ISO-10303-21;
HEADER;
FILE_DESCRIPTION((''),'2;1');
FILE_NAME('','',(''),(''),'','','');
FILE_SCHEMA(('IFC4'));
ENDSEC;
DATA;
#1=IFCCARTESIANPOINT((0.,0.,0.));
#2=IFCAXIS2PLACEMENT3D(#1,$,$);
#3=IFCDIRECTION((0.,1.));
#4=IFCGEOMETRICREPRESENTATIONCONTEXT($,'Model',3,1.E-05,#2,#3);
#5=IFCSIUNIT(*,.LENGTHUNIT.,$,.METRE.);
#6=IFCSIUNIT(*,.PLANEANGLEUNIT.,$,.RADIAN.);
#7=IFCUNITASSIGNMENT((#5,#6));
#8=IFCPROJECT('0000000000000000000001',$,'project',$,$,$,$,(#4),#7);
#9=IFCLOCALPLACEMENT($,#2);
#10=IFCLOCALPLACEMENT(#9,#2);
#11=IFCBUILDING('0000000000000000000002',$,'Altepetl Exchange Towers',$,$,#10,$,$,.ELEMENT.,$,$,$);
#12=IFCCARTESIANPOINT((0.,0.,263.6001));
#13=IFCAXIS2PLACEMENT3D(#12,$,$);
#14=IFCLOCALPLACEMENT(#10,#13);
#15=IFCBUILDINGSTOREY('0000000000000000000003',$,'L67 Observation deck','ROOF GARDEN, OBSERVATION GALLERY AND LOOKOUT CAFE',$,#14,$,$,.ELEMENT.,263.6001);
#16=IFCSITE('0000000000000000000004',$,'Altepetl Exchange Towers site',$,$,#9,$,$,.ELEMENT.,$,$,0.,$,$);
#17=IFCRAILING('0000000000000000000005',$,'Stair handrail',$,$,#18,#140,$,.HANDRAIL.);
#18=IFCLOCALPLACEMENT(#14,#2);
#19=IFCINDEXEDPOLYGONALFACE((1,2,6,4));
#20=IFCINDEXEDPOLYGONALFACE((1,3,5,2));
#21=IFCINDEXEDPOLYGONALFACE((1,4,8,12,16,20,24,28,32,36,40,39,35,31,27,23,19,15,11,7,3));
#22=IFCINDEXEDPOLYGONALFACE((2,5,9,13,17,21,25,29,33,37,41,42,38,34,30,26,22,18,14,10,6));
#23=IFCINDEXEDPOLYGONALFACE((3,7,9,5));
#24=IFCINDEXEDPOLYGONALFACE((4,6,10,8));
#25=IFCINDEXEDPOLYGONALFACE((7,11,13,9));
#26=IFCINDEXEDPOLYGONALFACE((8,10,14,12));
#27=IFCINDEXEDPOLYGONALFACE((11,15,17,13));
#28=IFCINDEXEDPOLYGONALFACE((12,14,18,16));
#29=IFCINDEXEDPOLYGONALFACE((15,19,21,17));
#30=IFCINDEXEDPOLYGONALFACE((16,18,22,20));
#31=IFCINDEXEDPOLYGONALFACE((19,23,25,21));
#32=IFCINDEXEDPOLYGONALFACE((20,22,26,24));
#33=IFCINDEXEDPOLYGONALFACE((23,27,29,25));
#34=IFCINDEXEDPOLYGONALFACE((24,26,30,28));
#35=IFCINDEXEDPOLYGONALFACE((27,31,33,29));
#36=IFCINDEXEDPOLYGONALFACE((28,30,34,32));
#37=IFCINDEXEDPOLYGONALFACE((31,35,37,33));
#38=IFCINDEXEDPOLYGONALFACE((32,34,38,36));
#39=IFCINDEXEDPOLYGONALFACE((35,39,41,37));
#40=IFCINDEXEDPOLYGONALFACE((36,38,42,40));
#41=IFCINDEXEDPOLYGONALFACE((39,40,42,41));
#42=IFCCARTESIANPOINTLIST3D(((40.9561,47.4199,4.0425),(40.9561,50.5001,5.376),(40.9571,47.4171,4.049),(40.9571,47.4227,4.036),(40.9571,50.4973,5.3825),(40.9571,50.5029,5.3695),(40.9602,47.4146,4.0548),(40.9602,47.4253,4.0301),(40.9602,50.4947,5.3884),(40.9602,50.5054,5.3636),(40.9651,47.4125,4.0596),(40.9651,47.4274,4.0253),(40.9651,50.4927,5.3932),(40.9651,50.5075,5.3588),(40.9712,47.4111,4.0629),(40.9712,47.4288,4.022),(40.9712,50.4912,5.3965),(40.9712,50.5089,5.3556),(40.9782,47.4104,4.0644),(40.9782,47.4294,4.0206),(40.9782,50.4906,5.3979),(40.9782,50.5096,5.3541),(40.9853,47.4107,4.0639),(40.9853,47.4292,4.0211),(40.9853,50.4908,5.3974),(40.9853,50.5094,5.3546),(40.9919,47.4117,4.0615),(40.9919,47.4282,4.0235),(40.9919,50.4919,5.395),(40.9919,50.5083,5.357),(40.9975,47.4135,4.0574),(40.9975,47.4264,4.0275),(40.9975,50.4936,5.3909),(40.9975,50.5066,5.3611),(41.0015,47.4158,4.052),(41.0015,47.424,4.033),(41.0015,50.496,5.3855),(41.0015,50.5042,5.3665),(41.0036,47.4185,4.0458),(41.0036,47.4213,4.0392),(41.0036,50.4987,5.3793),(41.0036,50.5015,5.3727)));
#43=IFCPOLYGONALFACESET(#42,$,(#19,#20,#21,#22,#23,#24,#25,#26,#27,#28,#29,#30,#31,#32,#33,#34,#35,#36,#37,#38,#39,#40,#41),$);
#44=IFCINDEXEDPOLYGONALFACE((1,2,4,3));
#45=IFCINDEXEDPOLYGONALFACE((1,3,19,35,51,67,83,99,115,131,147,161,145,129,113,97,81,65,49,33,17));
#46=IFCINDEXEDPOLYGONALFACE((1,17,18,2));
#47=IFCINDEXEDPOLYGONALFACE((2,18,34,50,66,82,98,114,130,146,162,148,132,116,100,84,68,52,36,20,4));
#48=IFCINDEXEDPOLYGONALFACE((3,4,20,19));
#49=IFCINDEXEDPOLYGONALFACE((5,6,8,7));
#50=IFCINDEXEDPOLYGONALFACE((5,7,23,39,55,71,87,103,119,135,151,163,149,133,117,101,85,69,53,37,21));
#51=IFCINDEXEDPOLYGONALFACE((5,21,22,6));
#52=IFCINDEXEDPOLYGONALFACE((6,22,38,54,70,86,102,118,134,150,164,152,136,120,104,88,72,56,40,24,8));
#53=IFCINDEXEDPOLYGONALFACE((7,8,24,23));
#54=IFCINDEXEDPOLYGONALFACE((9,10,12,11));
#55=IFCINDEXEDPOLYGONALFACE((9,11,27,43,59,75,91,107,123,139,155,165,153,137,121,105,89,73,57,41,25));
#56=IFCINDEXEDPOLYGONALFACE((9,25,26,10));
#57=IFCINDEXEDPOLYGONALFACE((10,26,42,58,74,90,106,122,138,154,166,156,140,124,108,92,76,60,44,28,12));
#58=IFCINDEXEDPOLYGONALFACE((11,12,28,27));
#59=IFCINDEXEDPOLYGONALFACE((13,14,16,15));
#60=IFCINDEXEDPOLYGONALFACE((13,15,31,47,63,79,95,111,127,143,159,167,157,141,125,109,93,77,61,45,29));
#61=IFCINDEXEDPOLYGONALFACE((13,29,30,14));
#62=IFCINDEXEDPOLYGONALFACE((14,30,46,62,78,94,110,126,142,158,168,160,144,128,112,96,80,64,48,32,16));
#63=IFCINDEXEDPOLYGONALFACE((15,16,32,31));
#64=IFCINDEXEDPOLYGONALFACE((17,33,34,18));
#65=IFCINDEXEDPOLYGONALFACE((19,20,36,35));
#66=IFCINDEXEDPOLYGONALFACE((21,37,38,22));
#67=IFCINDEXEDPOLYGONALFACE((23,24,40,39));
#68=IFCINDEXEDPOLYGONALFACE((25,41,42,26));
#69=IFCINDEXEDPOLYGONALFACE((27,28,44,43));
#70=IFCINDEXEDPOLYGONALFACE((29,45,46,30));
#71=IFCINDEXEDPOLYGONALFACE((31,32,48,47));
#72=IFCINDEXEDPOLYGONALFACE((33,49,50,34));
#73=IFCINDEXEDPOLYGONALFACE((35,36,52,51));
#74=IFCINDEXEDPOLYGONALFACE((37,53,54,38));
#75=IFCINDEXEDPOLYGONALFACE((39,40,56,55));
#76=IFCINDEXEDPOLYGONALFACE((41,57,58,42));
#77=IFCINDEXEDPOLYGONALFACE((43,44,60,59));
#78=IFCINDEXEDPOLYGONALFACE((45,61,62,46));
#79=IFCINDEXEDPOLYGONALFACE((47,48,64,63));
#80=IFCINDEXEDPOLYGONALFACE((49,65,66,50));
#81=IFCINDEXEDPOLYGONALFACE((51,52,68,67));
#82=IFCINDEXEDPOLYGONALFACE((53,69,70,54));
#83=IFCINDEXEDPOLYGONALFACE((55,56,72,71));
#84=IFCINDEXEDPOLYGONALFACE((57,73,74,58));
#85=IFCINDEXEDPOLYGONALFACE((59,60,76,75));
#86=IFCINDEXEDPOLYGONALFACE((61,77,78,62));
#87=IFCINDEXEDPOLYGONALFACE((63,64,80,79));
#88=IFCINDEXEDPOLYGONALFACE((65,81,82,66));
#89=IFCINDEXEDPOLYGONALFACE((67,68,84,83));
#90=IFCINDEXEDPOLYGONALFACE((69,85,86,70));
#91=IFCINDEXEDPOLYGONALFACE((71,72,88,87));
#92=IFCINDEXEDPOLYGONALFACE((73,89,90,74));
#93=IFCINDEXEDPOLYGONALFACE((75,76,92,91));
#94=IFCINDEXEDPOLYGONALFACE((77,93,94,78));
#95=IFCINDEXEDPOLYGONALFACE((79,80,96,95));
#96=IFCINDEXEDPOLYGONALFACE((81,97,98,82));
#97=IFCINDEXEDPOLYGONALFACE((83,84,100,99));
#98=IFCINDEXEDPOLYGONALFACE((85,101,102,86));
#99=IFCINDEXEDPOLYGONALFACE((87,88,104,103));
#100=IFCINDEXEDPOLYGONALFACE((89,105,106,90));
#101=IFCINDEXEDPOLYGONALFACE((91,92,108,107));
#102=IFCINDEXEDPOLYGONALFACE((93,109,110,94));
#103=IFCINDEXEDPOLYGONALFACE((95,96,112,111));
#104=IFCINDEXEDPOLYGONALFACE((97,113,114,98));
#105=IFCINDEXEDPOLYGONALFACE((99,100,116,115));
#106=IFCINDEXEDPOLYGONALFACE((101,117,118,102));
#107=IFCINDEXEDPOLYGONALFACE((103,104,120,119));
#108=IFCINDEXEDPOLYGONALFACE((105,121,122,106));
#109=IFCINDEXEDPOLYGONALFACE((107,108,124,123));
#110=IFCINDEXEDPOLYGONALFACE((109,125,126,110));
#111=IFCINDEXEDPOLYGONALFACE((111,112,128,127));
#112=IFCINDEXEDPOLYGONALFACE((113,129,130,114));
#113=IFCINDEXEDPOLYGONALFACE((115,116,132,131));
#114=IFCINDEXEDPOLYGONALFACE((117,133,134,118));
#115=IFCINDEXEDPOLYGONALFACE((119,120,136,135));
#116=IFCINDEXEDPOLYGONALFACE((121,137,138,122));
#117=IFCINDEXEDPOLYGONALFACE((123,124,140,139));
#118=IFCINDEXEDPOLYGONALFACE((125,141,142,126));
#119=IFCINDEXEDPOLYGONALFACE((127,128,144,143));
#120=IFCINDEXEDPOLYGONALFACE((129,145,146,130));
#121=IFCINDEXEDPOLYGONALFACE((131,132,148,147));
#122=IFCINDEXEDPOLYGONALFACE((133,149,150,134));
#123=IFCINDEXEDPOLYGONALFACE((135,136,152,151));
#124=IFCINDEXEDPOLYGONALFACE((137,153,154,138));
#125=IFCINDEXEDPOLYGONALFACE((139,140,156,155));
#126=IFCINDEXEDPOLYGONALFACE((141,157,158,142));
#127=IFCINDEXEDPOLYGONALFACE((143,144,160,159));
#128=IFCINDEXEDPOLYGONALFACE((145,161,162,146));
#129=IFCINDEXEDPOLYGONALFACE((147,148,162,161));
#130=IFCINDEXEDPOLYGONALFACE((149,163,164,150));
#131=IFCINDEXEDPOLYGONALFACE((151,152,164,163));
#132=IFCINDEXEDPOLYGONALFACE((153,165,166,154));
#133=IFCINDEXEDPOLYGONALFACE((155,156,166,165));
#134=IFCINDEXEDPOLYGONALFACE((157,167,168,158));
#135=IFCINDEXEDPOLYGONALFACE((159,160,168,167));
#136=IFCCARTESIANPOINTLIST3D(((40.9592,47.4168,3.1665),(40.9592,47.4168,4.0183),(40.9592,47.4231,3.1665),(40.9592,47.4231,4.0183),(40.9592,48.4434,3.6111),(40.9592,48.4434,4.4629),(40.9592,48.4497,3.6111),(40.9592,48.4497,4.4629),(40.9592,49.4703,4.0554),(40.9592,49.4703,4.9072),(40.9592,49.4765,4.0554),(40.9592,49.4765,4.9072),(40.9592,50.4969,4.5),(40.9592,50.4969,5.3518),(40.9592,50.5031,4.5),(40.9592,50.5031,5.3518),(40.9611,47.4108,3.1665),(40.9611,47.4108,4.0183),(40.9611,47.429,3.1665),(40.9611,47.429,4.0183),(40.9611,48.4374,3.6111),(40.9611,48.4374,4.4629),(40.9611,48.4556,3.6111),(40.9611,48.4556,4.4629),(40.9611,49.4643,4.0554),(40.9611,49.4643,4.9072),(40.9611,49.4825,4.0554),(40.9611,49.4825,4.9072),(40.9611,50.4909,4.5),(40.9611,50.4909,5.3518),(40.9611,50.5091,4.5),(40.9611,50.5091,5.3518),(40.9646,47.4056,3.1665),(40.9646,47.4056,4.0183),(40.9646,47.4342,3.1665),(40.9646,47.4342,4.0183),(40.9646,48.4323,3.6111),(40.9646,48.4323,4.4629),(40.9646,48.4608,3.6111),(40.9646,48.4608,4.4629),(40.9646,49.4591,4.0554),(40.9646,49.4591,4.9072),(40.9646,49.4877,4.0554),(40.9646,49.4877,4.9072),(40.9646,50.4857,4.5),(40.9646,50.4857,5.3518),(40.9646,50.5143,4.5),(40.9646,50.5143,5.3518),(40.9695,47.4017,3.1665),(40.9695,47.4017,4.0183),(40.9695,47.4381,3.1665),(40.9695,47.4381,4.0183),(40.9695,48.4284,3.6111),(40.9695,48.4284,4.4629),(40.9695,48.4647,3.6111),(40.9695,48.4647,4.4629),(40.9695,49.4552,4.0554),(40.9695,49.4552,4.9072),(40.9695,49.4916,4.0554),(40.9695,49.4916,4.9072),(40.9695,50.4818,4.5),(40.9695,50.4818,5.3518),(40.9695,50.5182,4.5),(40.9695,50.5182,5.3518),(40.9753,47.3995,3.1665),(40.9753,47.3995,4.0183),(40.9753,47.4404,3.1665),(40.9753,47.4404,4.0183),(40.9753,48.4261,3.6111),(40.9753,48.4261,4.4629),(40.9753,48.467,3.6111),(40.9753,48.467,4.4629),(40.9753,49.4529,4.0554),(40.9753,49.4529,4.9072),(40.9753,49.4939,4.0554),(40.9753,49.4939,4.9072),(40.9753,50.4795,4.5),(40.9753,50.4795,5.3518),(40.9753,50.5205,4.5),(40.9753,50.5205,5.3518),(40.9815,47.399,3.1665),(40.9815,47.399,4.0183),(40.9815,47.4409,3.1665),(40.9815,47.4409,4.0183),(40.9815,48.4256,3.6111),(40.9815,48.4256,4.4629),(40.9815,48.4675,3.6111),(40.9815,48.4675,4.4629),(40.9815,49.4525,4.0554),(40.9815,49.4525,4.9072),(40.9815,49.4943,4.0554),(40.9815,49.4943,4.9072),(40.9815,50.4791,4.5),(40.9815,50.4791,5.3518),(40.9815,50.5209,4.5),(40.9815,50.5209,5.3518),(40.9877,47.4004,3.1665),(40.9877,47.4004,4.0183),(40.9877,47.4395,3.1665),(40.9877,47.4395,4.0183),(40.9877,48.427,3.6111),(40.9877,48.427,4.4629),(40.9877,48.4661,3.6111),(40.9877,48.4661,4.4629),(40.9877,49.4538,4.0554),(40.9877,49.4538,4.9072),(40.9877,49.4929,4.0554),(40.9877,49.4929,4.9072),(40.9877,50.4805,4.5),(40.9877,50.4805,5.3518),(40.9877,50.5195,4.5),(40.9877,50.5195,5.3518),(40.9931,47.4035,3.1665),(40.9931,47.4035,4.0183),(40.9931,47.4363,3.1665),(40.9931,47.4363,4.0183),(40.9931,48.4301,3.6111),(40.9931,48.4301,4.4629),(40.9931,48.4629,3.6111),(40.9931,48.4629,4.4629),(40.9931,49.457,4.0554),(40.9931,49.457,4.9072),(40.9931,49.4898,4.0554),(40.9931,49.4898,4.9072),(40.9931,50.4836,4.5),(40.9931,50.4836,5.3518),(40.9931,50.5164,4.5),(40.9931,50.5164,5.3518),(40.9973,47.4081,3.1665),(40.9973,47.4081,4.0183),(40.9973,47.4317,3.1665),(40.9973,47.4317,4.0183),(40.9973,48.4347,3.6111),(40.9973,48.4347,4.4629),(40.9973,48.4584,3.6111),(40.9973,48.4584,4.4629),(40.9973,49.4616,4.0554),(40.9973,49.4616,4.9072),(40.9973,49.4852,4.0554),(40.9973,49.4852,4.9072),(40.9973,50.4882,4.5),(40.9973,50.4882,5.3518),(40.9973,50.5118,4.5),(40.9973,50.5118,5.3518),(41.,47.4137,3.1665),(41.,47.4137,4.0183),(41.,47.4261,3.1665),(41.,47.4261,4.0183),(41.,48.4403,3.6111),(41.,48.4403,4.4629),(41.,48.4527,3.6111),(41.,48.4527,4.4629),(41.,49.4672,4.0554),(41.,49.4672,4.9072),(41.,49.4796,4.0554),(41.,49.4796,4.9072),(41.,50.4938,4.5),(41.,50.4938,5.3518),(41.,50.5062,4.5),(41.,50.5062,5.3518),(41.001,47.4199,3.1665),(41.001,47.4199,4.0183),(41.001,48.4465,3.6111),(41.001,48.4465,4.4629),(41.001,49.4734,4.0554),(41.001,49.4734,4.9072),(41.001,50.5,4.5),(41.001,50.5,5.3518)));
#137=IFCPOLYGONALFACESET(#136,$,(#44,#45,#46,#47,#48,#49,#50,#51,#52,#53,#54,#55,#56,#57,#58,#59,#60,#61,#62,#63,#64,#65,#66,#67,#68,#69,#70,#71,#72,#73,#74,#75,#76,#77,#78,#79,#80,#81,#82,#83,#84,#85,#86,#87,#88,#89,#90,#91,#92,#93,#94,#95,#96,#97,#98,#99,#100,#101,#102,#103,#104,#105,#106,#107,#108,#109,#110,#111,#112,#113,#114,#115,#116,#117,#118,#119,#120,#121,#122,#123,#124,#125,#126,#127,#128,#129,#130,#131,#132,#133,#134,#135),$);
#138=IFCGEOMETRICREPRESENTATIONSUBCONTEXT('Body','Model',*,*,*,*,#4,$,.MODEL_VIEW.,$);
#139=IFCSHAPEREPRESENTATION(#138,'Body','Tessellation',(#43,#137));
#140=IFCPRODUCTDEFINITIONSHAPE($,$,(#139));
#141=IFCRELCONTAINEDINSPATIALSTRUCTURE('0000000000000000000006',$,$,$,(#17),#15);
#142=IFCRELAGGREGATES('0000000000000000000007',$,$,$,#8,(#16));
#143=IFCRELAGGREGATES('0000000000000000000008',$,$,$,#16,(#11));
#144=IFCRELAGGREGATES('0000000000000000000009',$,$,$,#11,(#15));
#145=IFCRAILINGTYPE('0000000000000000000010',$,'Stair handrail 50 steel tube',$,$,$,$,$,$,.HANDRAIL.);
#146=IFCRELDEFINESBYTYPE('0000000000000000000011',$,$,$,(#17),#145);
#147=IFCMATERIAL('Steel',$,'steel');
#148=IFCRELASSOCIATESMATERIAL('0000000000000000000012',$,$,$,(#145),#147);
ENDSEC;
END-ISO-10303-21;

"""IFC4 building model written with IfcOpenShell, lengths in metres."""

from ifc_helpers import new_model, si_unit, direction, frame, origin, origin_2d, place, context, subcontext, project, spatial, circle, extrude, source, transform, mapped, material, type_object, element, save


model = new_model("IFC4")

# Units and contexts
model_context = context("Model", 3, precision=1e-05, world=origin(), true_north=direction((0.0, 1.0)))
body_context = subcontext(model_context, "Body", "Model", "MODEL_VIEW")
ifc_project = project(units=[si_unit("LENGTHUNIT", "METRE"), si_unit("PLANEANGLEUNIT", "RADIAN")], contexts=[model_context])

# Site, building, storey
site_placement = place(None, origin())
site = spatial("IfcSite", under=ifc_project, at=site_placement, Name="Altepetl Exchange Towers site", CompositionType="ELEMENT", RefElevation=0.0)
building_placement = place(site_placement, origin())
building = spatial("IfcBuilding", under=site, at=building_placement, Name="Altepetl Exchange Towers", CompositionType="ELEMENT")
storey_placement = place(building_placement, frame((0.0, 0.0, 263.6001)))
storey = spatial("IfcBuildingStorey", under=building, at=storey_placement, Name="L67 Observation deck", Description="ROOF GARDEN, OBSERVATION GALLERY AND LOOKOUT CAFE", CompositionType="ELEMENT", Elevation=263.6001)

# Railing
ifc_material_1 = material(Name="Steel", Category="steel")
railing_type = type_object("IfcRailingType", Name="Stair handrail 50 steel tube", PredefinedType="HANDRAIL", material=ifc_material_1)
shared_shape = source(origin(), body_context, "Body", "SweptSolid", [
    extrude(circle(Radius=0.021, at=origin_2d()), origin(), (0.0, 0.0, 1.0), 0.8518),
])
for number, where, name in (
    (1, (40.98, 47.4199, 3.1665), "Stair handrail"),
):
    element("IfcRailing", number, at=place(storey_placement, frame(where)), inside=storey, type_object=railing_type, Name=name, PredefinedType="HANDRAIL", context=body_context, shape_type="SweptSolid", body=[
        extrude(circle(Radius=0.0239, at=origin_2d()), frame((0.0, 0.0, 0.876), z_axis=(0.0, 0.917686, 0.397305), x_axis=(-1.0, 0.0, 0.0)), (0.0, 0.0, 1.0), 3.3564),
        mapped(shared_shape, transform((0.0, 0.0, 0.0))),
        mapped(shared_shape, transform((0.0, 1.0266, 0.4446))),
        mapped(shared_shape, transform((0.0, 2.0535, 0.8889))),
        mapped(shared_shape, transform((0.0, 3.0801, 1.3335))),
    ])

save(model, "model.ifc")
